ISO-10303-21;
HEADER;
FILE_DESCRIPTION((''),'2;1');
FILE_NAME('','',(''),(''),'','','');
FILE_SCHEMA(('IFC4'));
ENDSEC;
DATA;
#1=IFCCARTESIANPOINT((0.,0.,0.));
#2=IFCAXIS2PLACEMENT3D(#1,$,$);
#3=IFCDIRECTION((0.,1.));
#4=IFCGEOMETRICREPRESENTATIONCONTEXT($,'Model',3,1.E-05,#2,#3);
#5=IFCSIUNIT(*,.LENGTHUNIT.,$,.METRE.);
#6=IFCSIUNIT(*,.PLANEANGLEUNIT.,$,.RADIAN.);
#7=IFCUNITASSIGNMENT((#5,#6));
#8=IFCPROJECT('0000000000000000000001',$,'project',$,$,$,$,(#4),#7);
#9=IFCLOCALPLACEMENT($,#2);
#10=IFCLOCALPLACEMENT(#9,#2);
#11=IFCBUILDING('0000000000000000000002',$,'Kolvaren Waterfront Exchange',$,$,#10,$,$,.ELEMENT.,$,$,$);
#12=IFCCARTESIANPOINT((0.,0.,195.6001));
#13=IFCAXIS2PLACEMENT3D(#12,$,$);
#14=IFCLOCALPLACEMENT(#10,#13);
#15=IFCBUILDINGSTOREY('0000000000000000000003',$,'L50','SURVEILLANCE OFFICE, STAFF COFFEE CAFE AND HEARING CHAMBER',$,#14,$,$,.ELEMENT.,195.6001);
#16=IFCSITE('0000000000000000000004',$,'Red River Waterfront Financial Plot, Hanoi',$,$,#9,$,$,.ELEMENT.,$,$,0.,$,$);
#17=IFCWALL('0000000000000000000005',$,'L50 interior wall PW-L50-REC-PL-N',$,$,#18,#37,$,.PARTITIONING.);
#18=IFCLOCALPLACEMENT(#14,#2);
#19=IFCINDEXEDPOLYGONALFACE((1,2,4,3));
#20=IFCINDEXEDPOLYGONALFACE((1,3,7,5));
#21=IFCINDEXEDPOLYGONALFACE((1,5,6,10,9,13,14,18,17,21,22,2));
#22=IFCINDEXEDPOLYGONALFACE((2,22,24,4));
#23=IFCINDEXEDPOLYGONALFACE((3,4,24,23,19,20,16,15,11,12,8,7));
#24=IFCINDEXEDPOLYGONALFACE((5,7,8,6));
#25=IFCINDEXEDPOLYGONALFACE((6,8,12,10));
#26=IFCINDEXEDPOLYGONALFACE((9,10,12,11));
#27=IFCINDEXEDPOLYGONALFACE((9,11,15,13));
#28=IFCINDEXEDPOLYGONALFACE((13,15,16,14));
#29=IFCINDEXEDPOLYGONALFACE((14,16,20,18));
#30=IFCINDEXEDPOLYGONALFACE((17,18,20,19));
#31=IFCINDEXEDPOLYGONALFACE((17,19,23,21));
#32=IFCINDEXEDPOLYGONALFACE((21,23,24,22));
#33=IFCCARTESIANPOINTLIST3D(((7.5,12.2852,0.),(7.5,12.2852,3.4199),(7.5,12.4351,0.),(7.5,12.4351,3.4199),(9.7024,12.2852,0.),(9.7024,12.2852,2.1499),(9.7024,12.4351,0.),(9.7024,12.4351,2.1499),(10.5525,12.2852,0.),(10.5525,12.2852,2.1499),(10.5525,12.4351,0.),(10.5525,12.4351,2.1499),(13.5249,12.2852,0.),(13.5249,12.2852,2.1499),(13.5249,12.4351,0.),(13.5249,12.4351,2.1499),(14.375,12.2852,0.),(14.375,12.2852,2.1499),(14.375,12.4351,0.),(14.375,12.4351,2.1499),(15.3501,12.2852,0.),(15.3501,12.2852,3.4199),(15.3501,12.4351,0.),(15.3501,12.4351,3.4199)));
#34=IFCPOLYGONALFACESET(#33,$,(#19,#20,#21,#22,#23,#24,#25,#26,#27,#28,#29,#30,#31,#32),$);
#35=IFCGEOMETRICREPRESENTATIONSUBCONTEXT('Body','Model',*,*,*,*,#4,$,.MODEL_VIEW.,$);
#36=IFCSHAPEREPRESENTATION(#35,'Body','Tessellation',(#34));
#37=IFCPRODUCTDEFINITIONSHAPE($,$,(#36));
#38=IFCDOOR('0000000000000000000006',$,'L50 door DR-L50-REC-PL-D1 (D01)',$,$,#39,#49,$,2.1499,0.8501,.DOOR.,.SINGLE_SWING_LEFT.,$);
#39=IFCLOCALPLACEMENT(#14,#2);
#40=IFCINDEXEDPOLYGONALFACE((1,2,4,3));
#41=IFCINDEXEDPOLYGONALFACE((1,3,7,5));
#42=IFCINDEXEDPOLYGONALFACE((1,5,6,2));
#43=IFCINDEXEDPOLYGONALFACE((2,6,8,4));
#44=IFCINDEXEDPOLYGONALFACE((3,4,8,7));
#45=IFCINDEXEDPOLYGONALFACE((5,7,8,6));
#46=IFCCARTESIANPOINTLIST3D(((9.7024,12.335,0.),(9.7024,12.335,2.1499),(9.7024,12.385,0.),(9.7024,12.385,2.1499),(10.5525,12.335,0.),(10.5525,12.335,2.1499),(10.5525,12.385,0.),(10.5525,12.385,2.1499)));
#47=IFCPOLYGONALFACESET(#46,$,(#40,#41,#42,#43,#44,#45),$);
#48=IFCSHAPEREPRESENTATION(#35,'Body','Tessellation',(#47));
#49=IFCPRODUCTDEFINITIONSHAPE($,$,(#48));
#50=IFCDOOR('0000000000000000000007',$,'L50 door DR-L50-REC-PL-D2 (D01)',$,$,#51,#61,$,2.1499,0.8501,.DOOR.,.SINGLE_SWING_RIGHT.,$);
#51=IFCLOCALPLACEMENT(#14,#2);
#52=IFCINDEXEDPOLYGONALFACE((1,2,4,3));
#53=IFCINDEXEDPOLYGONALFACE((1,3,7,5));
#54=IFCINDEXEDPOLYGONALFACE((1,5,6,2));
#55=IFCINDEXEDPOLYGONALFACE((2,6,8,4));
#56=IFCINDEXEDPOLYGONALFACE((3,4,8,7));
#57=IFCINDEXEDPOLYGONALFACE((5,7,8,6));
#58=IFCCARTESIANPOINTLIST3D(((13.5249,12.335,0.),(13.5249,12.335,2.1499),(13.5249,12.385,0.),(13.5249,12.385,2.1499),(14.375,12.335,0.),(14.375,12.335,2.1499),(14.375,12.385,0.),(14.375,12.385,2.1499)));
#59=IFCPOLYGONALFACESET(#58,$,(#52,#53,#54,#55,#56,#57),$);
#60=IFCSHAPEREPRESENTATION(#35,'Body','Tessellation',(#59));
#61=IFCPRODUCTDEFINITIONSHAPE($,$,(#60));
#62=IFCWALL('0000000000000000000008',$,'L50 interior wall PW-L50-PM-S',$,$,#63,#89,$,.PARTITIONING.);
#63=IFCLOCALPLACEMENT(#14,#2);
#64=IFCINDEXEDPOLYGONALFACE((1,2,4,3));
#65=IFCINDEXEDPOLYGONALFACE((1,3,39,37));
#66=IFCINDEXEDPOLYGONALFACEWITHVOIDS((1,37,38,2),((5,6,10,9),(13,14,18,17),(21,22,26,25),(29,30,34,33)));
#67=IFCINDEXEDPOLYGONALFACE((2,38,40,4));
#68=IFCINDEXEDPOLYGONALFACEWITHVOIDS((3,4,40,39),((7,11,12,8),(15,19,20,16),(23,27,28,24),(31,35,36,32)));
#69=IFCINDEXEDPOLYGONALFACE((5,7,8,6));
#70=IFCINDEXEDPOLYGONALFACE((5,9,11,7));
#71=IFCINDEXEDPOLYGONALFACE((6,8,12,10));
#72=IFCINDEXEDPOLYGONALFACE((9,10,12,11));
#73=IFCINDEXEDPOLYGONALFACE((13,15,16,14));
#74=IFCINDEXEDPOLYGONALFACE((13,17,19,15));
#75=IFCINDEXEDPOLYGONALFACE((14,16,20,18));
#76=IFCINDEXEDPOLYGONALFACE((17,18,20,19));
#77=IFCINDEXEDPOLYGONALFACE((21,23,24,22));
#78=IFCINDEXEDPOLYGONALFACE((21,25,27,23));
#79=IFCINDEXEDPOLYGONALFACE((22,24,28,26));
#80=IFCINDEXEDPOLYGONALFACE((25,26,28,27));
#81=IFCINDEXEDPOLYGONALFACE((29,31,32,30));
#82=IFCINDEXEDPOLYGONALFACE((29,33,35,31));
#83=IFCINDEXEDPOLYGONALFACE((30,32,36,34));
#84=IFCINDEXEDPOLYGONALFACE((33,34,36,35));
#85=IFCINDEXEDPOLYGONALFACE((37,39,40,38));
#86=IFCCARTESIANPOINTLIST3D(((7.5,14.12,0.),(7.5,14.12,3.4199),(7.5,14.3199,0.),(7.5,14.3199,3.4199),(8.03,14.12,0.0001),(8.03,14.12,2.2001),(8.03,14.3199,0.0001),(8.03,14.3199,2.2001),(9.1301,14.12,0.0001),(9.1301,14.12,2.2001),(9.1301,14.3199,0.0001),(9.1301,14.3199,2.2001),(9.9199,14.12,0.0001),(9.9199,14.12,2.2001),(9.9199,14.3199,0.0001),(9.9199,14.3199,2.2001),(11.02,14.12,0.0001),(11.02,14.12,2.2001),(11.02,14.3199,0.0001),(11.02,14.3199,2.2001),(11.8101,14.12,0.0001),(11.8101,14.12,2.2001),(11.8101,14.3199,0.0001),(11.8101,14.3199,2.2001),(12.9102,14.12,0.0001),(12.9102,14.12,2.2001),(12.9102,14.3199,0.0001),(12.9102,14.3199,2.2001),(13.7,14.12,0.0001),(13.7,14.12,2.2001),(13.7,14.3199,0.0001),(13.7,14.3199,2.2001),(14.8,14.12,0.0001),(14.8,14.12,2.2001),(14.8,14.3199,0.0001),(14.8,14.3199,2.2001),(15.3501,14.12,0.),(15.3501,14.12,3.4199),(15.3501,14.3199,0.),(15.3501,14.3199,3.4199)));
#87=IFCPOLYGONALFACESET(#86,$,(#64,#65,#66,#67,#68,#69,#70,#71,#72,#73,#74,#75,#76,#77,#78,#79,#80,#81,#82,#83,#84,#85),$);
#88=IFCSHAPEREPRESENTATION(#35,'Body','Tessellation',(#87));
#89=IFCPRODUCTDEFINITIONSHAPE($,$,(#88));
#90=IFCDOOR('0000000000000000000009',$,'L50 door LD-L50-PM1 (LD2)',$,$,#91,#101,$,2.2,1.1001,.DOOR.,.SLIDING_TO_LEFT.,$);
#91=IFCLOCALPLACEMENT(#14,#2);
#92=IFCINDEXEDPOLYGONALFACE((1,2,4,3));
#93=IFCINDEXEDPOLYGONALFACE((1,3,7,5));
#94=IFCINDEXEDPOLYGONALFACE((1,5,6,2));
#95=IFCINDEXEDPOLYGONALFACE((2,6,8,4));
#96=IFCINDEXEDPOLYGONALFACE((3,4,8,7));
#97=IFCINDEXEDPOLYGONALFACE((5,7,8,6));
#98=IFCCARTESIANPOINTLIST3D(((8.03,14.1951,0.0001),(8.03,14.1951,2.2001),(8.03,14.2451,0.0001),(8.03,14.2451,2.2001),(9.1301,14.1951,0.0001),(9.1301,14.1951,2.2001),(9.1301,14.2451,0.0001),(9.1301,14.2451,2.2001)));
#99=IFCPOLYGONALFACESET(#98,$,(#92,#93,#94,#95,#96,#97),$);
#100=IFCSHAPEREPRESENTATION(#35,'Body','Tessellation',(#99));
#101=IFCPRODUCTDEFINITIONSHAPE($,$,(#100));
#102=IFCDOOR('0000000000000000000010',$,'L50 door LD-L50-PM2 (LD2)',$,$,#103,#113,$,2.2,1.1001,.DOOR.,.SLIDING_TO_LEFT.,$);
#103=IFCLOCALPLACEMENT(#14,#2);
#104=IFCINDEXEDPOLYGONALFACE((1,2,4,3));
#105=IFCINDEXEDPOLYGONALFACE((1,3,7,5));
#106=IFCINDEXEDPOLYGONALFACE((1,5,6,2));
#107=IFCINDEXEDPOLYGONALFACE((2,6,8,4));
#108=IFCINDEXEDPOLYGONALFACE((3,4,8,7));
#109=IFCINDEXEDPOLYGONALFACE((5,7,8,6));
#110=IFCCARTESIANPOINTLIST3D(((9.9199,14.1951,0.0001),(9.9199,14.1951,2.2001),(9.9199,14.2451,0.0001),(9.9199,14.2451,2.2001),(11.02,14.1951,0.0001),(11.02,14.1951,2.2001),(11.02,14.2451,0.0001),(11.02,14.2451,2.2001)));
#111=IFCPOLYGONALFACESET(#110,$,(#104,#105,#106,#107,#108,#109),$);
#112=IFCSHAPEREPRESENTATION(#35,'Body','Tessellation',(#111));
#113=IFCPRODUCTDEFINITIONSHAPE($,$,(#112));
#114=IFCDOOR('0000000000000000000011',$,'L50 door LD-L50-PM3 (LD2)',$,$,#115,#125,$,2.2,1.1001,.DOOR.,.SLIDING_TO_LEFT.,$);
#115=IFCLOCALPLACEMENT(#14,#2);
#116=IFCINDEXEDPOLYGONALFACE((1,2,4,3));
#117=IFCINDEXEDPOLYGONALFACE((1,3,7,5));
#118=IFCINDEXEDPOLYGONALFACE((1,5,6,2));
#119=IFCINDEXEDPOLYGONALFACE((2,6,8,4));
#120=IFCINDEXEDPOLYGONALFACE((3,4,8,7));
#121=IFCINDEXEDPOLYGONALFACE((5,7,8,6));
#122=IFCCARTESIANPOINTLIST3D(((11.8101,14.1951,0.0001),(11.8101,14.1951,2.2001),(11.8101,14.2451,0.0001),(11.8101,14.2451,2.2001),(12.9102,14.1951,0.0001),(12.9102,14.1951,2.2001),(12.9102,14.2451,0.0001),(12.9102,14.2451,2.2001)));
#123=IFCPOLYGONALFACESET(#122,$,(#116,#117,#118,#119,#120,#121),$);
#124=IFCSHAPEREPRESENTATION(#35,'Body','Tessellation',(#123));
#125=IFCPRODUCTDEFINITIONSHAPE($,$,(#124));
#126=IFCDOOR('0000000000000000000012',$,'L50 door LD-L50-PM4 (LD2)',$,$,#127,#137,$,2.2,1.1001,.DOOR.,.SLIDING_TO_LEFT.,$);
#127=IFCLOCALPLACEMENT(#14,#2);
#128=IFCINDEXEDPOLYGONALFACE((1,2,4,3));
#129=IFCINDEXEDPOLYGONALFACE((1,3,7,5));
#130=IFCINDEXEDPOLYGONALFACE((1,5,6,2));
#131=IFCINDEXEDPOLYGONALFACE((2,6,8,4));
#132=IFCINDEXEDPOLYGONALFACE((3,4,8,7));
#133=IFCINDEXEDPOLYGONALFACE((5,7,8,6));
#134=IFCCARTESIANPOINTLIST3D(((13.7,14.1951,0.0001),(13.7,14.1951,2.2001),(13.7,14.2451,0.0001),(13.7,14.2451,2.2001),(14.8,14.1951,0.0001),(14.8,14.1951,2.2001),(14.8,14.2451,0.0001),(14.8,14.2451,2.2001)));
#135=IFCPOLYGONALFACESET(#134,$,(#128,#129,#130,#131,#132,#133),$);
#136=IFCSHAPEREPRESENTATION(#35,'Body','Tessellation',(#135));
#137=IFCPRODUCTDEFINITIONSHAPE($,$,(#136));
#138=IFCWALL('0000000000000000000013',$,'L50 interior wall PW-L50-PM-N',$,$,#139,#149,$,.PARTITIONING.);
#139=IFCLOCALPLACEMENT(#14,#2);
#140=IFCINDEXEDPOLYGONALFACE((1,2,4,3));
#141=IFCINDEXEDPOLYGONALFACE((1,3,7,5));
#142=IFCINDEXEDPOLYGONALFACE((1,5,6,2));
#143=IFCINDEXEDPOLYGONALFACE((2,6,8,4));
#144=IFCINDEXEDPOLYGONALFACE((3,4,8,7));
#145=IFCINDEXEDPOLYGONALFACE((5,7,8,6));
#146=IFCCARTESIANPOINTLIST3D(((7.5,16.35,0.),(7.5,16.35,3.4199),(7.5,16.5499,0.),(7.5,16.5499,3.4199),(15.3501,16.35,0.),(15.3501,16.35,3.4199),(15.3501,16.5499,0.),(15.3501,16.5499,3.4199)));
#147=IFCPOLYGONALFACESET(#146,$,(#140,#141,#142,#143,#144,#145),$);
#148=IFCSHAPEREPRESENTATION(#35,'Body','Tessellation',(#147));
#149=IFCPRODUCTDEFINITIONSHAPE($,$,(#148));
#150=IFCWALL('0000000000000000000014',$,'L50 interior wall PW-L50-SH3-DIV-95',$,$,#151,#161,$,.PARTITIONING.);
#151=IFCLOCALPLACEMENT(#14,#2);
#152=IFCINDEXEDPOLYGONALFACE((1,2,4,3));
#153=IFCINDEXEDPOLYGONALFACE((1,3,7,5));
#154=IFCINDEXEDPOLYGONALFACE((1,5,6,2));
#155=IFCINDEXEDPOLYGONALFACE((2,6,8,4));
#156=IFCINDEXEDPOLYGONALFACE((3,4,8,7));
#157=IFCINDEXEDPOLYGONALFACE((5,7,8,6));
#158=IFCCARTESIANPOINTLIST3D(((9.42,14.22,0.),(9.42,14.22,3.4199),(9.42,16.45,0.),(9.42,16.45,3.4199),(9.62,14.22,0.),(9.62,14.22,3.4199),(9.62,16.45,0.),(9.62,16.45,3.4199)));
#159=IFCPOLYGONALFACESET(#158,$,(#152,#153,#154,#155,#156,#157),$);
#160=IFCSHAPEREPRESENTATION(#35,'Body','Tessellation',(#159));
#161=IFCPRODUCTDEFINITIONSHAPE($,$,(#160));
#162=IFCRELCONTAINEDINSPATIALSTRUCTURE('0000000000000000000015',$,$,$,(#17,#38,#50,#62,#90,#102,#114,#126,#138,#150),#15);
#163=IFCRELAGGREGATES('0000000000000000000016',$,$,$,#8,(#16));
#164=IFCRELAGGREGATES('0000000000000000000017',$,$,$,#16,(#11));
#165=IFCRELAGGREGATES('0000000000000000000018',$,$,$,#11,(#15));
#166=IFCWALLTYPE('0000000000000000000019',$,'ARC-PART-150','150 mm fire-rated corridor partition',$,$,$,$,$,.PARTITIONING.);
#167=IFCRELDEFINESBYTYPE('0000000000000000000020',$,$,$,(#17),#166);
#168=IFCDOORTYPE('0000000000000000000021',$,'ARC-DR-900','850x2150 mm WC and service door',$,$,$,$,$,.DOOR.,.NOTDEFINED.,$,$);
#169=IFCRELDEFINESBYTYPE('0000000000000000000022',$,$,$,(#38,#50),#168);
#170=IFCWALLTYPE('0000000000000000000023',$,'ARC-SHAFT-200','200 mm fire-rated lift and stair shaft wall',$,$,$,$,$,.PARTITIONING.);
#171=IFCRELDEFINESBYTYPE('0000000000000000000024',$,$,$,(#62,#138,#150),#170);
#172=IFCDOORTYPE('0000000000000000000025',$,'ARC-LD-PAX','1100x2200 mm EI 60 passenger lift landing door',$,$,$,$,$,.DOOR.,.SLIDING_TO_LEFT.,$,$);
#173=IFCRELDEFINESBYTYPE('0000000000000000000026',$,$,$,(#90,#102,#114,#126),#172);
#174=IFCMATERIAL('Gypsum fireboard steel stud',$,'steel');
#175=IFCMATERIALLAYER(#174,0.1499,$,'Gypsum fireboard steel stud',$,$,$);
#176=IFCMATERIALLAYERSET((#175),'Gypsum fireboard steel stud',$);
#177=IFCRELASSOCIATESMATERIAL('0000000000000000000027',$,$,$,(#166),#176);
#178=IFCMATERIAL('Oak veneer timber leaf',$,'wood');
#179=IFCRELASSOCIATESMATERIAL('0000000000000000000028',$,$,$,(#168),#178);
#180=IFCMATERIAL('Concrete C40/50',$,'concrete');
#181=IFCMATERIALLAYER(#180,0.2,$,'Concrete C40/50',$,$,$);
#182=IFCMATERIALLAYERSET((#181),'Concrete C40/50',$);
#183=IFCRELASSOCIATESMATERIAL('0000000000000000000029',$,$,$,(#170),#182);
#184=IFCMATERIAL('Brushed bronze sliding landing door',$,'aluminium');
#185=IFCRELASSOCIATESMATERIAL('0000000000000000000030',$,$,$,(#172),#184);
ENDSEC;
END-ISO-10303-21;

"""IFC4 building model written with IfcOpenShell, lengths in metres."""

from ifc_helpers import new_model, si_unit, direction, frame, frame_2d, origin, place, context, subcontext, project, spatial, rectangle, extrude, material, layer, layer_set, type_object, element, fill, save


model = new_model("IFC4")

# Units and contexts
model_context = context("Model", 3, precision=1e-05, world=origin(), true_north=direction((0.0, 1.0)))
body_context = subcontext(model_context, "Body", "Model", "MODEL_VIEW")
ifc_project = project(units=[si_unit("LENGTHUNIT", "METRE"), si_unit("PLANEANGLEUNIT", "RADIAN")], contexts=[model_context])

# Site, building, storey
site_placement = place(None, origin())
site = spatial("IfcSite", under=ifc_project, at=site_placement, Name="Red River Waterfront Financial Plot, Hanoi", CompositionType="ELEMENT", RefElevation=0.0)
building_placement = place(site_placement, origin())
building = spatial("IfcBuilding", under=site, at=building_placement, Name="Kolvaren Waterfront Exchange", CompositionType="ELEMENT")
storey_placement = place(building_placement, frame((0.0, 0.0, 195.6001)))
storey = spatial("IfcBuildingStorey", under=building, at=storey_placement, Name="L50", Description="SURVEILLANCE OFFICE, STAFF COFFEE CAFE AND HEARING CHAMBER", CompositionType="ELEMENT", Elevation=195.6001)

# Walls, openings, doors
ifc_material_1 = material(Name="Gypsum fireboard steel stud", Category="steel")
ifc_layer_1 = layer(ifc_material_1, 0.1499, Name="Gypsum fireboard steel stud")
ifc_layer_set_1 = layer_set([ifc_layer_1], Name="Gypsum fireboard steel stud")
wall_type_1 = type_object("IfcWallType", Name="ARC-PART-150", Description="150 mm fire-rated corridor partition", PredefinedType="PARTITIONING", material=ifc_layer_set_1)
wall_1_placement = place(storey_placement, frame((7.5, 12.3601, 0.0), z_axis=(0.0, 0.0, 1.0), x_axis=(1.0, 0.0, 0.0)))
wall_1 = element("IfcWall", 1, at=wall_1_placement, inside=storey, type_object=wall_type_1, Name="L50 interior wall PW-L50-REC-PL-N", PredefinedType="PARTITIONING", context=body_context, shape_type="SweptSolid", body=[
    extrude(rectangle(XDim=7.8501, YDim=0.1499, at=frame_2d((3.925, 0.0))), origin(), (0.0, 0.0, 1.0), 3.4199),
])
opening_1_placement = place(wall_1_placement, frame((2.2024, 0.0, 0.0)))
opening_1 = element("IfcOpeningElement", 2, at=opening_1_placement, cuts=wall_1, PredefinedType="OPENING", context=body_context, shape_type="SweptSolid", body=[
    extrude(rectangle(XDim=0.8501, YDim=2.1499, at=frame_2d((0.425, 1.075))), frame((0.0, 0.085, 0.0), z_axis=(0.0, -1.0, 0.0), x_axis=(1.0, 0.0, 0.0)), (0.0, 0.0, 1.0), 0.1699),
])
opening_2_placement = place(wall_1_placement, frame((6.0249, 0.0, 0.0)))
opening_2 = element("IfcOpeningElement", 3, at=opening_2_placement, cuts=wall_1, PredefinedType="OPENING", context=body_context, shape_type="SweptSolid", body=[
    extrude(rectangle(XDim=0.8501, YDim=2.1499, at=frame_2d((0.425, 1.075))), frame((0.0, 0.085, 0.0), z_axis=(0.0, -1.0, 0.0), x_axis=(1.0, 0.0, 0.0)), (0.0, 0.0, 1.0), 0.1699),
])
ifc_material_2 = material(Name="Oak veneer timber leaf", Category="wood")
door_type_1 = type_object("IfcDoorType", Name="ARC-DR-900", Description="850x2150 mm WC and service door", OperationType="NOTDEFINED", PredefinedType="DOOR", material=ifc_material_2)
door_1_placement = place(opening_1_placement, origin())
door_1 = element("IfcDoor", 4, at=door_1_placement, inside=storey, type_object=door_type_1, Name="L50 door DR-L50-REC-PL-D1 (D01)", OperationType="SINGLE_SWING_LEFT", OverallHeight=2.1499, OverallWidth=0.8501, PredefinedType="DOOR", context=body_context, shape_type="SweptSolid", body=[
    extrude(rectangle(XDim=0.8501, YDim=2.1499, at=frame_2d((0.425, 1.075))), frame((0.0, 0.0249, 0.0), z_axis=(0.0, -1.0, 0.0), x_axis=(1.0, 0.0, 0.0)), (0.0, 0.0, 1.0), 0.05),
])
fill(opening_1, door_1)
door_2_placement = place(opening_2_placement, origin())
door_2 = element("IfcDoor", 5, at=door_2_placement, inside=storey, type_object=door_type_1, Name="L50 door DR-L50-REC-PL-D2 (D01)", OperationType="SINGLE_SWING_RIGHT", OverallHeight=2.1499, OverallWidth=0.8501, PredefinedType="DOOR", context=body_context, shape_type="SweptSolid", body=[
    extrude(rectangle(XDim=0.8501, YDim=2.1499, at=frame_2d((0.425, 1.075))), frame((0.0, 0.0249, 0.0), z_axis=(0.0, -1.0, 0.0), x_axis=(1.0, 0.0, 0.0)), (0.0, 0.0, 1.0), 0.05),
])
fill(opening_2, door_2)
ifc_material_3 = material(Name="Concrete C40/50", Category="concrete")
ifc_layer_2 = layer(ifc_material_3, 0.2, Name="Concrete C40/50")
ifc_layer_set_2 = layer_set([ifc_layer_2], Name="Concrete C40/50")
wall_type_2 = type_object("IfcWallType", Name="ARC-SHAFT-200", Description="200 mm fire-rated lift and stair shaft wall", PredefinedType="PARTITIONING", material=ifc_layer_set_2)
wall_2_placement = place(storey_placement, frame((7.5, 14.22, 0.0), z_axis=(0.0, 0.0, 1.0), x_axis=(1.0, 0.0, 0.0)))
wall_2 = element("IfcWall", 6, at=wall_2_placement, inside=storey, type_object=wall_type_2, Name="L50 interior wall PW-L50-PM-S", PredefinedType="PARTITIONING", context=body_context, shape_type="SweptSolid", body=[
    extrude(rectangle(XDim=7.8501, YDim=0.2, at=frame_2d((3.925, 0.0))), origin(), (0.0, 0.0, 1.0), 3.4199),
])
opening_3_placement = place(wall_2_placement, frame((0.53, 0.0, 0.0)))
opening_3 = element("IfcOpeningElement", 7, at=opening_3_placement, cuts=wall_2, PredefinedType="OPENING", context=body_context, shape_type="SweptSolid", body=[
    extrude(rectangle(XDim=1.1001, YDim=2.2, at=frame_2d((0.55, 1.1001))), frame((0.0, 0.1099, 0.0), z_axis=(0.0, -1.0, 0.0), x_axis=(1.0, 0.0, 0.0)), (0.0, 0.0, 1.0), 0.22),
])
opening_4_placement = place(wall_2_placement, frame((2.4199, 0.0, 0.0)))
opening_4 = element("IfcOpeningElement", 8, at=opening_4_placement, cuts=wall_2, PredefinedType="OPENING", context=body_context, shape_type="SweptSolid", body=[
    extrude(rectangle(XDim=1.1001, YDim=2.2, at=frame_2d((0.55, 1.1001))), frame((0.0, 0.1099, 0.0), z_axis=(0.0, -1.0, 0.0), x_axis=(1.0, 0.0, 0.0)), (0.0, 0.0, 1.0), 0.22),
])
opening_5_placement = place(wall_2_placement, frame((4.3101, 0.0, 0.0)))
opening_5 = element("IfcOpeningElement", 9, at=opening_5_placement, cuts=wall_2, PredefinedType="OPENING", context=body_context, shape_type="SweptSolid", body=[
    extrude(rectangle(XDim=1.1001, YDim=2.2, at=frame_2d((0.55, 1.1001))), frame((0.0, 0.1099, 0.0), z_axis=(0.0, -1.0, 0.0), x_axis=(1.0, 0.0, 0.0)), (0.0, 0.0, 1.0), 0.22),
])
opening_6_placement = place(wall_2_placement, frame((6.2, 0.0, 0.0)))
opening_6 = element("IfcOpeningElement", 10, at=opening_6_placement, cuts=wall_2, PredefinedType="OPENING", context=body_context, shape_type="SweptSolid", body=[
    extrude(rectangle(XDim=1.1001, YDim=2.2, at=frame_2d((0.55, 1.1001))), frame((0.0, 0.1099, 0.0), z_axis=(0.0, -1.0, 0.0), x_axis=(1.0, 0.0, 0.0)), (0.0, 0.0, 1.0), 0.22),
])
ifc_material_4 = material(Name="Brushed bronze sliding landing door", Category="aluminium")
door_type_2 = type_object("IfcDoorType", Name="ARC-LD-PAX", Description="1100x2200 mm EI 60 passenger lift landing door", OperationType="SLIDING_TO_LEFT", PredefinedType="DOOR", material=ifc_material_4)
door_3_placement = place(opening_3_placement, frame((1.1001, 0.0, 0.0), z_axis=(0.0, 0.0, 1.0), x_axis=(-1.0, 0.0, 0.0)))
door_3 = element("IfcDoor", 11, at=door_3_placement, inside=storey, type_object=door_type_2, Name="L50 door LD-L50-PM1 (LD2)", OperationType="SLIDING_TO_LEFT", OverallHeight=2.2, OverallWidth=1.1001, PredefinedType="DOOR", context=body_context, shape_type="SweptSolid", body=[
    extrude(rectangle(XDim=1.1001, YDim=2.2, at=frame_2d((0.55, 1.1001))), frame((0.0, 0.0249, 0.0), z_axis=(0.0, -1.0, 0.0), x_axis=(1.0, 0.0, 0.0)), (0.0, 0.0, 1.0), 0.05),
])
fill(opening_3, door_3)
door_4_placement = place(opening_4_placement, frame((1.1001, 0.0, 0.0), z_axis=(0.0, 0.0, 1.0), x_axis=(-1.0, 0.0, 0.0)))
door_4 = element("IfcDoor", 12, at=door_4_placement, inside=storey, type_object=door_type_2, Name="L50 door LD-L50-PM2 (LD2)", OperationType="SLIDING_TO_LEFT", OverallHeight=2.2, OverallWidth=1.1001, PredefinedType="DOOR", context=body_context, shape_type="SweptSolid", body=[
    extrude(rectangle(XDim=1.1001, YDim=2.2, at=frame_2d((0.55, 1.1001))), frame((0.0, 0.0249, 0.0), z_axis=(0.0, -1.0, 0.0), x_axis=(1.0, 0.0, 0.0)), (0.0, 0.0, 1.0), 0.05),
])
fill(opening_4, door_4)
door_5_placement = place(opening_5_placement, frame((1.1001, 0.0, 0.0), z_axis=(0.0, 0.0, 1.0), x_axis=(-1.0, 0.0, 0.0)))
door_5 = element("IfcDoor", 13, at=door_5_placement, inside=storey, type_object=door_type_2, Name="L50 door LD-L50-PM3 (LD2)", OperationType="SLIDING_TO_LEFT", OverallHeight=2.2, OverallWidth=1.1001, PredefinedType="DOOR", context=body_context, shape_type="SweptSolid", body=[
    extrude(rectangle(XDim=1.1001, YDim=2.2, at=frame_2d((0.55, 1.1001))), frame((0.0, 0.0249, 0.0), z_axis=(0.0, -1.0, 0.0), x_axis=(1.0, 0.0, 0.0)), (0.0, 0.0, 1.0), 0.05),
])
fill(opening_5, door_5)
door_6_placement = place(opening_6_placement, frame((1.1001, 0.0, 0.0), z_axis=(0.0, 0.0, 1.0), x_axis=(-1.0, 0.0, 0.0)))
door_6 = element("IfcDoor", 14, at=door_6_placement, inside=storey, type_object=door_type_2, Name="L50 door LD-L50-PM4 (LD2)", OperationType="SLIDING_TO_LEFT", OverallHeight=2.2, OverallWidth=1.1001, PredefinedType="DOOR", context=body_context, shape_type="SweptSolid", body=[
    extrude(rectangle(XDim=1.1001, YDim=2.2, at=frame_2d((0.55, 1.1001))), frame((0.0, 0.0249, 0.0), z_axis=(0.0, -1.0, 0.0), x_axis=(1.0, 0.0, 0.0)), (0.0, 0.0, 1.0), 0.05),
])
fill(opening_6, door_6)

# Walls
wall_3_placement = place(storey_placement, frame((7.5, 16.45, 0.0), z_axis=(0.0, 0.0, 1.0), x_axis=(1.0, 0.0, 0.0)))
element("IfcWall", 15, at=wall_3_placement, inside=storey, type_object=wall_type_2, Name="L50 interior wall PW-L50-PM-N", PredefinedType="PARTITIONING", context=body_context, shape_type="SweptSolid", body=[
    extrude(rectangle(XDim=7.8501, YDim=0.2, at=frame_2d((3.925, 0.0))), origin(), (0.0, 0.0, 1.0), 3.4199),
])
for number, where, z_axis, x_axis, name in (
    (16, (9.52, 14.22, 0.0), (0.0, 0.0, 1.0), (0.0, 1.0, 0.0), "L50 interior wall PW-L50-SH3-DIV-95"),
):
    element("IfcWall", number, at=place(storey_placement, frame(where, z_axis=z_axis, x_axis=x_axis)), inside=storey, type_object=wall_type_2, Name=name, PredefinedType="PARTITIONING", context=body_context, shape_type="SweptSolid", body=[
        extrude(rectangle(XDim=2.23, YDim=0.2, at=frame_2d((1.115, 0.0))), origin(), (0.0, 0.0, 1.0), 3.4199),
    ])

save(model, "model.ifc")
